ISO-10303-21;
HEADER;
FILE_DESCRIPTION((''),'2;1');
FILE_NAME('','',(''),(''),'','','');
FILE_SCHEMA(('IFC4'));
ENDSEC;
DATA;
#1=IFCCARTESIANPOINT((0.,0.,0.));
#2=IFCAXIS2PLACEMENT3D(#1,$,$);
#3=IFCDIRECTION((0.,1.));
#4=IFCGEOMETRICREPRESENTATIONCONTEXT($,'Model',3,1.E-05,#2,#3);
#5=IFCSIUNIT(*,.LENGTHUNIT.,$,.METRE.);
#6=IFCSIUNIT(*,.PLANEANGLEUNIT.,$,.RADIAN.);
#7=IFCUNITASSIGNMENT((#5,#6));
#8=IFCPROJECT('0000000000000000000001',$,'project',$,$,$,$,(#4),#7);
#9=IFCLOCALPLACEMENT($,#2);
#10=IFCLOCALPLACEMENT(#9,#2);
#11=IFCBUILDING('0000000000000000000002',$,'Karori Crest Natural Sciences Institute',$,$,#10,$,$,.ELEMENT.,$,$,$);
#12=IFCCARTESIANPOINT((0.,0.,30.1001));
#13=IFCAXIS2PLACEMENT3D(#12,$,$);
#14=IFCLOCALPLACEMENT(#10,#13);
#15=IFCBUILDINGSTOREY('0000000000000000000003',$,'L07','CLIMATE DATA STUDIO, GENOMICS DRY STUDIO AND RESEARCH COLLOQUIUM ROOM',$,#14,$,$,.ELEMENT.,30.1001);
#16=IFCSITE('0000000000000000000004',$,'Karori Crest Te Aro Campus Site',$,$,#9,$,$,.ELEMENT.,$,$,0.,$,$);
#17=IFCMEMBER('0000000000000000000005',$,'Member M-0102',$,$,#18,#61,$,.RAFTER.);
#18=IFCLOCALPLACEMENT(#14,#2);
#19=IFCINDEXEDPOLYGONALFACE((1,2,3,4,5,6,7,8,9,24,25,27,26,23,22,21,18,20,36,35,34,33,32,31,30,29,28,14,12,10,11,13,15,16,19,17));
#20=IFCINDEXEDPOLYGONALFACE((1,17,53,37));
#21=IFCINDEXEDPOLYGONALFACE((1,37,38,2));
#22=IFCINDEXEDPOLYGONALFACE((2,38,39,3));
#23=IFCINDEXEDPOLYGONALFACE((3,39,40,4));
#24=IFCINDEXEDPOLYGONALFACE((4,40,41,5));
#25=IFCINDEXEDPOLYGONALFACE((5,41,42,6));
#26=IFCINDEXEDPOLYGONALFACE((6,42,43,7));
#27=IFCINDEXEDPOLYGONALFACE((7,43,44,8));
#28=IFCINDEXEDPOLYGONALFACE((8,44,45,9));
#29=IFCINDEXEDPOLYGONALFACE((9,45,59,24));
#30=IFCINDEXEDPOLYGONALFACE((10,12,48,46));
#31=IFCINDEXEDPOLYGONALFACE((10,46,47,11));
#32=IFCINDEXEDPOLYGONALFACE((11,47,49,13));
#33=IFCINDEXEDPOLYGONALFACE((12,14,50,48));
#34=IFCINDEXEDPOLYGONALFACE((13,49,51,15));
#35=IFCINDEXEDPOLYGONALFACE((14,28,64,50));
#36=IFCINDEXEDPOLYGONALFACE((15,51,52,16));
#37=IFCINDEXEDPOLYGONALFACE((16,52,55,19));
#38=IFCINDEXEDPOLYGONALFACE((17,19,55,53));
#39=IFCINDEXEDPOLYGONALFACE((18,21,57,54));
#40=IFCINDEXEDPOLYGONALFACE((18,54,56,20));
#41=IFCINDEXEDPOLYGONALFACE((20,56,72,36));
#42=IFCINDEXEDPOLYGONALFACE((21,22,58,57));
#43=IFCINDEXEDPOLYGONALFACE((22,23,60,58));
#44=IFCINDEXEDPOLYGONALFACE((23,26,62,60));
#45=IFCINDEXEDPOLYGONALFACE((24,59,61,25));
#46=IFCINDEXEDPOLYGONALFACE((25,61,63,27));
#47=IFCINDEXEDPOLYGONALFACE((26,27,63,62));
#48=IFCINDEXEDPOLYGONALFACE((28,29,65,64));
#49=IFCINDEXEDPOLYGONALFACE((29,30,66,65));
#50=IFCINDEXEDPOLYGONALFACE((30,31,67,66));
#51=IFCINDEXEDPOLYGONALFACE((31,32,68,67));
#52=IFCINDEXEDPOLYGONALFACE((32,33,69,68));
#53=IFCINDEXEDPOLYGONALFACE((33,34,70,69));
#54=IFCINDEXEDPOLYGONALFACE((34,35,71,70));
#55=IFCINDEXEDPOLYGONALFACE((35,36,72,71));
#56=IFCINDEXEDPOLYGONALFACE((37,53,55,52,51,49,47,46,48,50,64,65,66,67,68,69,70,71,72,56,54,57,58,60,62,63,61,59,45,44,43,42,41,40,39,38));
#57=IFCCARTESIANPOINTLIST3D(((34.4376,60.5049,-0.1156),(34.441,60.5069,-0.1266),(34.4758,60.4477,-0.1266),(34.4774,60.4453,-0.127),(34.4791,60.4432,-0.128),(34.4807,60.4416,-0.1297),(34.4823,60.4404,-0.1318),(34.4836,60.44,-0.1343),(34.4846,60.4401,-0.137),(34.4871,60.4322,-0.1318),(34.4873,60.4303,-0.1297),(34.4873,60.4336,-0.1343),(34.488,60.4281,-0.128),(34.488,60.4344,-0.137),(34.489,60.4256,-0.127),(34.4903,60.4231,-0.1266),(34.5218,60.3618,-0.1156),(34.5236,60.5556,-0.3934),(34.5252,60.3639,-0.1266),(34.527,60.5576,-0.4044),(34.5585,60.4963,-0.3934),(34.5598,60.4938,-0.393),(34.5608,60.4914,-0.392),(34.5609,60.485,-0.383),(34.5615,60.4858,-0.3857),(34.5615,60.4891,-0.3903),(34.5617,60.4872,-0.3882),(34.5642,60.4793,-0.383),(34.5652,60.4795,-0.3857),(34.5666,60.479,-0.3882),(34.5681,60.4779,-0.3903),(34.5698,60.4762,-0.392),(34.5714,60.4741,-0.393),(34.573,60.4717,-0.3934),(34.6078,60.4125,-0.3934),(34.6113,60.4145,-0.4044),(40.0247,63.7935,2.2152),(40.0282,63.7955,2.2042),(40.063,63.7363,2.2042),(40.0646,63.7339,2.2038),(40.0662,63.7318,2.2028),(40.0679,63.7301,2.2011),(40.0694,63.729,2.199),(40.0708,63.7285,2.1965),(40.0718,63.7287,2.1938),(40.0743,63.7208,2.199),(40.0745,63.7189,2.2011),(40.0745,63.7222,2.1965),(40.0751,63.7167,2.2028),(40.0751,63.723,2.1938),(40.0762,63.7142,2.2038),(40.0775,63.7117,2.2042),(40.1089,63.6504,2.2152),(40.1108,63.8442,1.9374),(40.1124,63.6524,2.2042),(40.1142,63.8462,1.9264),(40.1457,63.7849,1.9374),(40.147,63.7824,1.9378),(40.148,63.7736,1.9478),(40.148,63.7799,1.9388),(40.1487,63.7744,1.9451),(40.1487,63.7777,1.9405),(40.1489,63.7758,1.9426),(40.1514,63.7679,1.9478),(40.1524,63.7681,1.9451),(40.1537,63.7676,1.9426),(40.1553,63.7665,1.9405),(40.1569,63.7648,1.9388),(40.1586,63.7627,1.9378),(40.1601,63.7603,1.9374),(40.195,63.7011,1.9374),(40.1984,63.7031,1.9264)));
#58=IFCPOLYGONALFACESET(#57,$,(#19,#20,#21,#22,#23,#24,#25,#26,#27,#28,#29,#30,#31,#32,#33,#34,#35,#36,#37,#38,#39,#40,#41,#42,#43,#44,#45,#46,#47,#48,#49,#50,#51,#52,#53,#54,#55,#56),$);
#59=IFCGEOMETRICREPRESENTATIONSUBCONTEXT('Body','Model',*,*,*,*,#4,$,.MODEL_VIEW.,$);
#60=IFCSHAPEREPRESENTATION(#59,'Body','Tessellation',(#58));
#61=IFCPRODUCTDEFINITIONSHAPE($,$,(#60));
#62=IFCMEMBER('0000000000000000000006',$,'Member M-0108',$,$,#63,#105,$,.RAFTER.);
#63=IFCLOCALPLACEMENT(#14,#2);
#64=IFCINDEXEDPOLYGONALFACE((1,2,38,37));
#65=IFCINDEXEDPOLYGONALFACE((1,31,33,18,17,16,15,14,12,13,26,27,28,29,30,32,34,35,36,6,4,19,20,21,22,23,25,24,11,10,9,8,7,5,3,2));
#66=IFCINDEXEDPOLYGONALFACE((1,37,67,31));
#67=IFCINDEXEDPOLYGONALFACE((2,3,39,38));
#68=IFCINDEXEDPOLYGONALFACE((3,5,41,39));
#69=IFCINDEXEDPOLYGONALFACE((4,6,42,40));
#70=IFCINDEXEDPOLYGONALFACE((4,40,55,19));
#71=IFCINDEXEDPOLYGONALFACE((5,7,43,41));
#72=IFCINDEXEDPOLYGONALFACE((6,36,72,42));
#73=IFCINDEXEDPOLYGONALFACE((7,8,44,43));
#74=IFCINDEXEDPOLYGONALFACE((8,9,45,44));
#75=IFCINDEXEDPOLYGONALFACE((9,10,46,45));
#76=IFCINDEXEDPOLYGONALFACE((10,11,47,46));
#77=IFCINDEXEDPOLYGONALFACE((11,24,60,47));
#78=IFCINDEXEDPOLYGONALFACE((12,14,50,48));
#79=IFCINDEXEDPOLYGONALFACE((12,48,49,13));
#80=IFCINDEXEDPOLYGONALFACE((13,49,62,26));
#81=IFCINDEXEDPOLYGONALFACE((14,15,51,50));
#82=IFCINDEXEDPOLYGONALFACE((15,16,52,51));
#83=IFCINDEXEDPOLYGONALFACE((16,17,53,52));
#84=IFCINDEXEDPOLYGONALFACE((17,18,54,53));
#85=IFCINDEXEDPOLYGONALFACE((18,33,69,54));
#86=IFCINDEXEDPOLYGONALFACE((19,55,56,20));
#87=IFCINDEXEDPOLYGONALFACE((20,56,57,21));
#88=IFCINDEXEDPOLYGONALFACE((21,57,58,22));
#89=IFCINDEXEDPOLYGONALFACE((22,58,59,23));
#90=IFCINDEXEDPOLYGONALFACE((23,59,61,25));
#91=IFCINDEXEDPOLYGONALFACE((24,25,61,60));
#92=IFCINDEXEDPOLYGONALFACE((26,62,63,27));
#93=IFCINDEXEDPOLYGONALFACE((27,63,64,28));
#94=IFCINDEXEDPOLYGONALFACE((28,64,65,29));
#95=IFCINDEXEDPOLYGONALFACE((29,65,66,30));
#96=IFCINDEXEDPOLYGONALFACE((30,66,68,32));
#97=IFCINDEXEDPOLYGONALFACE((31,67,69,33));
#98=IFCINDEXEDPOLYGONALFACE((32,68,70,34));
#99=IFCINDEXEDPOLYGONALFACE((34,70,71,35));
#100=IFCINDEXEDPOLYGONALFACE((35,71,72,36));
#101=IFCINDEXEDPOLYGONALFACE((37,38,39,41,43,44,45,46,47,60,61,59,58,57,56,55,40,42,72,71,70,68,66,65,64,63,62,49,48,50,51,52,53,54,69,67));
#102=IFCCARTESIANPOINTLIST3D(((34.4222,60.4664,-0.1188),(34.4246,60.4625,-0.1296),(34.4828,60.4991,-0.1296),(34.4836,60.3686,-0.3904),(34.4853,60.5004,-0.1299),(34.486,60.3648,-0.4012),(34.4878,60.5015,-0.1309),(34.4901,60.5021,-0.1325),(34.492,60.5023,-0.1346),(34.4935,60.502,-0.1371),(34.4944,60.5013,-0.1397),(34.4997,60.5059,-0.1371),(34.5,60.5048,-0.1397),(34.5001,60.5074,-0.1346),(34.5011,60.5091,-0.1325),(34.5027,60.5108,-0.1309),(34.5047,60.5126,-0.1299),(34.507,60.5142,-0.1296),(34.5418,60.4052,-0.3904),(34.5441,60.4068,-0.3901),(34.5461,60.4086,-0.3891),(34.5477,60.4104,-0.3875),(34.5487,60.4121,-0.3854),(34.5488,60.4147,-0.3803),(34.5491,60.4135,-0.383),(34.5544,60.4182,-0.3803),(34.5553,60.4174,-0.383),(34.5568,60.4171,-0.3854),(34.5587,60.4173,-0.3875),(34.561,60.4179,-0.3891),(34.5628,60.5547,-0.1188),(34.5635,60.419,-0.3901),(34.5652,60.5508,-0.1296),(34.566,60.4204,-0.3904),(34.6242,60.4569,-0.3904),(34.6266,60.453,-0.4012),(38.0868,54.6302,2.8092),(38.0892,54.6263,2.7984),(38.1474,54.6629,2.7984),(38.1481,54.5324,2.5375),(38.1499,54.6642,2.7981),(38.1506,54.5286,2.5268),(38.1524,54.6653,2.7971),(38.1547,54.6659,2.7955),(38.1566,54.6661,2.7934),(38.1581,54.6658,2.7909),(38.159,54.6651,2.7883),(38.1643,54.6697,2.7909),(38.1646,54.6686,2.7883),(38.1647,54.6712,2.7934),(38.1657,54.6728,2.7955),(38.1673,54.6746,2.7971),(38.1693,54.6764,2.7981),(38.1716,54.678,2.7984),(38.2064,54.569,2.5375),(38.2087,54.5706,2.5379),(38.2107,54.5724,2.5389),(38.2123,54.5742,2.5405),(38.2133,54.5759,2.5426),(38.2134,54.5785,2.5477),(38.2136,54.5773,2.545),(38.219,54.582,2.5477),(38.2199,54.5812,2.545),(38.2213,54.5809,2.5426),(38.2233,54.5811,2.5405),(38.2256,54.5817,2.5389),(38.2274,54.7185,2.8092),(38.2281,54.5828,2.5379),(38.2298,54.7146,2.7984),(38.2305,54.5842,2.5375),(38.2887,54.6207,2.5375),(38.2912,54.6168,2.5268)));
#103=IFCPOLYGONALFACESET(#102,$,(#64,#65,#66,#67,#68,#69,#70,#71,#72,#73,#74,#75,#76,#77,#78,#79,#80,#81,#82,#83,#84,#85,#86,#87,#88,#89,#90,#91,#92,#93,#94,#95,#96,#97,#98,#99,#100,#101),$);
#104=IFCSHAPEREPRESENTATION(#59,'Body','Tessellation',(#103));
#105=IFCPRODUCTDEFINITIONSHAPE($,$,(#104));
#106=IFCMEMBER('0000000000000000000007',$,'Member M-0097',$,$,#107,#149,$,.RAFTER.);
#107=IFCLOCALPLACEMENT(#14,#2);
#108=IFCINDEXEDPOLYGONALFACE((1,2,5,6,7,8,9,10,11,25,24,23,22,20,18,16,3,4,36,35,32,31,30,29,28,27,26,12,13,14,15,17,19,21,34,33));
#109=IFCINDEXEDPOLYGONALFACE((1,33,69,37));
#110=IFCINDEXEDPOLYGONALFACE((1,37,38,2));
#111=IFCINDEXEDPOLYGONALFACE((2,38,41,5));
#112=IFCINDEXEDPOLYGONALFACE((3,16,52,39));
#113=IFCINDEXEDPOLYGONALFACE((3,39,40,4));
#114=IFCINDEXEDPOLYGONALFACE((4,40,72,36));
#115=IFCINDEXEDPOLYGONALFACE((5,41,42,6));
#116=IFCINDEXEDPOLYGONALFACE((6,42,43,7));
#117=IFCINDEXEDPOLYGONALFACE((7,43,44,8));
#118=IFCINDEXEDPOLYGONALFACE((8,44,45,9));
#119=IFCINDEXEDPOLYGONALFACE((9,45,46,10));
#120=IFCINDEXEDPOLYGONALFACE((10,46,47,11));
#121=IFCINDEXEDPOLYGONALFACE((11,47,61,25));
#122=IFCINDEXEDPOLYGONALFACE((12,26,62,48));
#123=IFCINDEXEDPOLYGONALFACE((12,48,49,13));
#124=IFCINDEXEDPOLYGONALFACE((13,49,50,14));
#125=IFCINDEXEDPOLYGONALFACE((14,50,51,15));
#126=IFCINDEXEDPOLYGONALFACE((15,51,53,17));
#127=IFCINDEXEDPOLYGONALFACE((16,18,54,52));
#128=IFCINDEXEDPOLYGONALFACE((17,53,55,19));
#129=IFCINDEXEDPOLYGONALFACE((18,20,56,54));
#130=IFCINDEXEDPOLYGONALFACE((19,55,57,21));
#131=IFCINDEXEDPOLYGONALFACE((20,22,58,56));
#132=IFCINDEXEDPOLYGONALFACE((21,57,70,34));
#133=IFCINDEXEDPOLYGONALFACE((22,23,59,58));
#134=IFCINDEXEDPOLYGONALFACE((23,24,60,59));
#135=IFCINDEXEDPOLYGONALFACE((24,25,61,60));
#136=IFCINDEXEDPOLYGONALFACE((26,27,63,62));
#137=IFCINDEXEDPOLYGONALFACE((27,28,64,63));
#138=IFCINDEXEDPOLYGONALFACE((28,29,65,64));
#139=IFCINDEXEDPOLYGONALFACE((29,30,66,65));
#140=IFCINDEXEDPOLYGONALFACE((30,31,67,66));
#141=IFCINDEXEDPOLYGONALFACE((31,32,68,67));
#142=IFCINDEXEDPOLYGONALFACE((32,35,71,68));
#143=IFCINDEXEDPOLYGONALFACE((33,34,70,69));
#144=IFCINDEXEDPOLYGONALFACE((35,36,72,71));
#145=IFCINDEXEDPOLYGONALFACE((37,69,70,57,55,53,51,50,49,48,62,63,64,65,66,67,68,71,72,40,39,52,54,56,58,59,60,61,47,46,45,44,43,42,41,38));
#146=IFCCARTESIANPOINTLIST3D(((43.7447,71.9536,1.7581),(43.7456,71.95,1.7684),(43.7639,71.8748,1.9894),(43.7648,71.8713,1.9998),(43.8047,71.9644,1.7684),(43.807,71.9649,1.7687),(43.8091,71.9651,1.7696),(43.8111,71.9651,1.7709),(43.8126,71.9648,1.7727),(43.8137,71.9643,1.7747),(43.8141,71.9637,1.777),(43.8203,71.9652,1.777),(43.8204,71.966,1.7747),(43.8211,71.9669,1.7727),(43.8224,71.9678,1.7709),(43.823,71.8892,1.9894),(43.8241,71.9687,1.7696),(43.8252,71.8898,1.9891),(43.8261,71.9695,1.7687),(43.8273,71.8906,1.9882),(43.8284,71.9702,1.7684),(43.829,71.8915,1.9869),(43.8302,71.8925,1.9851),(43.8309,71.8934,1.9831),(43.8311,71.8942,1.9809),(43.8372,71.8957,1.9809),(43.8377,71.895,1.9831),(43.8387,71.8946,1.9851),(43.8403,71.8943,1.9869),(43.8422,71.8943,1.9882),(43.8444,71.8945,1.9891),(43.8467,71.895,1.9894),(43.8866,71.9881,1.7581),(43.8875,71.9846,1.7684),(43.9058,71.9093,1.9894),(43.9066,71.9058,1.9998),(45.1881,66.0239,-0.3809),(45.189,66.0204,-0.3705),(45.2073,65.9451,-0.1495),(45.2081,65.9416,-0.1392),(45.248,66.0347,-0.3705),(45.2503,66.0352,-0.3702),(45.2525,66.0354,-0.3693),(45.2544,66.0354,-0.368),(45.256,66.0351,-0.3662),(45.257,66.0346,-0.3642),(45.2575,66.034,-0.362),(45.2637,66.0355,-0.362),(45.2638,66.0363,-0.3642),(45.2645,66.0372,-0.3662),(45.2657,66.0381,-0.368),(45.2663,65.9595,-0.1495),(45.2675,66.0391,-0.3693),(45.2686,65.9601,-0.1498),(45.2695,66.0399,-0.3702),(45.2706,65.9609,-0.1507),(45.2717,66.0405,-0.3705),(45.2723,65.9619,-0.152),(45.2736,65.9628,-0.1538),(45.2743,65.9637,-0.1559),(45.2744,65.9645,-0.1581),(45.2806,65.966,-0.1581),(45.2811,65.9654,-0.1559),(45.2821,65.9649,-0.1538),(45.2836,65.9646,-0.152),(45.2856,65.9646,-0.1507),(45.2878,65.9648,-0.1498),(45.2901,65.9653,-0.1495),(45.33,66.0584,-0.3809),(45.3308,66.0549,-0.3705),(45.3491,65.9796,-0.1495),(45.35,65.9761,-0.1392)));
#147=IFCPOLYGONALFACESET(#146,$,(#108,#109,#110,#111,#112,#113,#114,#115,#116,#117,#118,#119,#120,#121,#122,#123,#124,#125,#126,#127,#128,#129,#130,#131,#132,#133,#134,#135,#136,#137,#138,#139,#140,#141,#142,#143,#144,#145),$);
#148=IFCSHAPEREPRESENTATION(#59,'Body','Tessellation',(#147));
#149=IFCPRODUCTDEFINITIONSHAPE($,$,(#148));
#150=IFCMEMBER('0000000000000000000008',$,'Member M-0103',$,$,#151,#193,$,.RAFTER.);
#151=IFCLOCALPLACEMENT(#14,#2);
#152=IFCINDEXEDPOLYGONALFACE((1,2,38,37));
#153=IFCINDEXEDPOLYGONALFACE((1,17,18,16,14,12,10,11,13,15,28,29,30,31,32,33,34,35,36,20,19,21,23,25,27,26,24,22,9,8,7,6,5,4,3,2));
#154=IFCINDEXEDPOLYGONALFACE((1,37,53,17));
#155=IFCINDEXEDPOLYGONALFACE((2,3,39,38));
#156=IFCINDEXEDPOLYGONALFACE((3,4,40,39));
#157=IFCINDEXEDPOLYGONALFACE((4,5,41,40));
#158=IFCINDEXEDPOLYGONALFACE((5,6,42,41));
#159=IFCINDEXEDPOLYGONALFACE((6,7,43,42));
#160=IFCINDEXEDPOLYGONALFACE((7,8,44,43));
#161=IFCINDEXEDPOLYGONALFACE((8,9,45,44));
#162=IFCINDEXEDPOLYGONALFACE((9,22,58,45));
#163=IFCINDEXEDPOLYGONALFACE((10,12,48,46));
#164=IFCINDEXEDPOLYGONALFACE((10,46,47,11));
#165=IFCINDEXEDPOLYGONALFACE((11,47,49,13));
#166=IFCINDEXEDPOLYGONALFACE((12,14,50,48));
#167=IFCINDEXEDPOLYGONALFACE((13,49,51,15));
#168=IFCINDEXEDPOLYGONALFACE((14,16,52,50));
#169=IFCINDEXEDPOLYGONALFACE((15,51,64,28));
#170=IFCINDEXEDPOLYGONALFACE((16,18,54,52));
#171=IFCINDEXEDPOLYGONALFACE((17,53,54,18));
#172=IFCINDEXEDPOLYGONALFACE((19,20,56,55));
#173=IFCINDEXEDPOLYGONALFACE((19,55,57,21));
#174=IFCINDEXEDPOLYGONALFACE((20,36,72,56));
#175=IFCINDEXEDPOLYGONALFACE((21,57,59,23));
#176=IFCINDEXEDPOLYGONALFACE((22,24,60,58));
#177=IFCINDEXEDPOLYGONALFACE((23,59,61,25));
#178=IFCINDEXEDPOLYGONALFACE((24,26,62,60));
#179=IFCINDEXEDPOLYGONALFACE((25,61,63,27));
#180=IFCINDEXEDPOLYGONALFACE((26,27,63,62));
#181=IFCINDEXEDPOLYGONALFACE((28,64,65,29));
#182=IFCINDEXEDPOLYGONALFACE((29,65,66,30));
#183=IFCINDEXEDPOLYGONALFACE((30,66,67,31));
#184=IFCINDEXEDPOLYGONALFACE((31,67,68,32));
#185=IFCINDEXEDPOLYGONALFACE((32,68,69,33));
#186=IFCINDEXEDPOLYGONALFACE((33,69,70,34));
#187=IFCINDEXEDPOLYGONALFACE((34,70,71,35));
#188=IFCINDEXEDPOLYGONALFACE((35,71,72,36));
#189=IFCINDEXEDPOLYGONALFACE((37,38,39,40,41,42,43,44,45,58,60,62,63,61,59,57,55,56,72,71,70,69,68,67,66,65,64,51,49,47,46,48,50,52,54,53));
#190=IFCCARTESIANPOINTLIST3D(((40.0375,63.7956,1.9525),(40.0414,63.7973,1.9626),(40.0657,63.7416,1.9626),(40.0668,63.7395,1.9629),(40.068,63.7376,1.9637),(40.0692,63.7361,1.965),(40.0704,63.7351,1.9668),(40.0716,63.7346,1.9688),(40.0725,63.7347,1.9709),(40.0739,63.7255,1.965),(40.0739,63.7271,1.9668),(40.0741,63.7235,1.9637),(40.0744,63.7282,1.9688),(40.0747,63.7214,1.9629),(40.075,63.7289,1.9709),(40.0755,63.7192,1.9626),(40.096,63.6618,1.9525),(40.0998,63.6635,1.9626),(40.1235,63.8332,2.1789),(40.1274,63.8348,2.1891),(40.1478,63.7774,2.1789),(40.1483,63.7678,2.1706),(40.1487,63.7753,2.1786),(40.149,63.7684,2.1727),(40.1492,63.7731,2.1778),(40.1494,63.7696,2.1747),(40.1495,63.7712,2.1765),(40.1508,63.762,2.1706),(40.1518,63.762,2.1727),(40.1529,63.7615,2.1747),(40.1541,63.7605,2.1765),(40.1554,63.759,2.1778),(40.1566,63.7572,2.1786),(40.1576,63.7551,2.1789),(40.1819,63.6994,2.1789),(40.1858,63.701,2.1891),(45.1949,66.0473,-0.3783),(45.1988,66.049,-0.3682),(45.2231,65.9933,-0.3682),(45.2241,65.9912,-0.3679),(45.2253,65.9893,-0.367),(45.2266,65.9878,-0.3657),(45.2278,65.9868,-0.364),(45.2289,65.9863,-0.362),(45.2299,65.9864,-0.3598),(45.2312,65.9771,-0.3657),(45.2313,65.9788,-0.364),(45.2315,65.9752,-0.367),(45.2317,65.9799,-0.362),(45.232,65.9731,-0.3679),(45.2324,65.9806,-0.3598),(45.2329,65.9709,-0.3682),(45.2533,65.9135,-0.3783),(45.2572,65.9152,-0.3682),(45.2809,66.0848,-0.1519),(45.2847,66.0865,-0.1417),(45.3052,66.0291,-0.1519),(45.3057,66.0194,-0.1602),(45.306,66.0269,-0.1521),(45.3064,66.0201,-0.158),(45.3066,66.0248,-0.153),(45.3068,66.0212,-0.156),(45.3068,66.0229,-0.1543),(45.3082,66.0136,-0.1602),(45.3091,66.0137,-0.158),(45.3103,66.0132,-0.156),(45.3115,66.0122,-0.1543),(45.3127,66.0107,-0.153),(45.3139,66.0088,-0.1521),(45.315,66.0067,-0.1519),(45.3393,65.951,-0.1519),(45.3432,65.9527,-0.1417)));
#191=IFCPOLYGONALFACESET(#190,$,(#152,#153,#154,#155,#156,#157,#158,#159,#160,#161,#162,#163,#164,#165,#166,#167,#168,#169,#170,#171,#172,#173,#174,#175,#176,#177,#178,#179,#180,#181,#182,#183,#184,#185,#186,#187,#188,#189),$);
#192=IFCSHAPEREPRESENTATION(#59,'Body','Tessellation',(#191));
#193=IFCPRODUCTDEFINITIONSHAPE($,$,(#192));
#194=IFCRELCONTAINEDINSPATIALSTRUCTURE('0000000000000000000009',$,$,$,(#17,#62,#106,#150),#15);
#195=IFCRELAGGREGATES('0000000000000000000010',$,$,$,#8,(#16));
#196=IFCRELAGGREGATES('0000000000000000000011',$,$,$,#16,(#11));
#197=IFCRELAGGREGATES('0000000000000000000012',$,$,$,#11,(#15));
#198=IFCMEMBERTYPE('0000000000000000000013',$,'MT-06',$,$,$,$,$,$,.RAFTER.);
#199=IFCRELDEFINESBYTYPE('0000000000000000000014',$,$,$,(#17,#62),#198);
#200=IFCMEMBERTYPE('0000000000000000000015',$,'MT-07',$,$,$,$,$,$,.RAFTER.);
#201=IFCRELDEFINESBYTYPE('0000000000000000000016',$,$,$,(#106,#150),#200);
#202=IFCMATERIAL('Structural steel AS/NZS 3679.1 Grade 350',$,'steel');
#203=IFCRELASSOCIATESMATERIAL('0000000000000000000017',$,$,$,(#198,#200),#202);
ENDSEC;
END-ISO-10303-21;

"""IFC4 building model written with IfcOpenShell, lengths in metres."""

from ifc_helpers import new_model, si_unit, direction, frame, origin, origin_2d, place, context, subcontext, project, spatial, i_section, extrude, material, material_profile, profile_set, type_object, element, save


model = new_model("IFC4")

# Units and contexts
model_context = context("Model", 3, precision=1e-05, world=origin(), true_north=direction((0.0, 1.0)))
body_context = subcontext(model_context, "Body", "Model", "MODEL_VIEW")
ifc_project = project(units=[si_unit("LENGTHUNIT", "METRE"), si_unit("PLANEANGLEUNIT", "RADIAN")], contexts=[model_context])

# Site, building, storey
site_placement = place(None, origin())
site = spatial("IfcSite", under=ifc_project, at=site_placement, Name="Karori Crest Te Aro Campus Site", CompositionType="ELEMENT", RefElevation=0.0)
building_placement = place(site_placement, origin())
building = spatial("IfcBuilding", under=site, at=building_placement, Name="Karori Crest Natural Sciences Institute", CompositionType="ELEMENT")
storey_placement = place(building_placement, frame((0.0, 0.0, 30.1001)))
storey = spatial("IfcBuildingStorey", under=building, at=storey_placement, Name="L07", Description="CLIMATE DATA STUDIO, GENOMICS DRY STUDIO AND RESEARCH COLLOQUIUM ROOM", CompositionType="ELEMENT", Elevation=30.1001)

# Members
ifc_material_1 = material(Name="Structural steel AS/NZS 3679.1 Grade 350", Category="steel")
ifc_material_profile_1 = material_profile(ifc_material_1, i_section(OverallWidth=0.166, OverallDepth=0.3069, WebThickness=0.0066, FlangeThickness=0.0117, FilletRadius=0.011, at=origin_2d()), Name="310UB46.2")
ifc_profile_set_1 = profile_set([ifc_material_profile_1], Name="Structural steel AS/NZS 3679.1 Grade 350")
member_type_1 = type_object("IfcMemberType", Name="MT-06", PredefinedType="RAFTER", material=ifc_profile_set_1)
member_1_placement = place(storey_placement, frame((34.5244, 60.4597, -0.26), z_axis=(0.81098, 0.477339, 0.338319), x_axis=(-0.507251, 0.861799, 0.0)))
element("IfcMember", 1, at=member_1_placement, inside=storey, type_object=member_type_1, Name="Member M-0102", PredefinedType="RAFTER", context=body_context, shape_type="SweptSolid", body=[
    extrude(i_section(OverallWidth=0.166, OverallDepth=0.3069, WebThickness=0.0066, FlangeThickness=0.0117, FilletRadius=0.011, at=origin_2d()), origin(), (0.0, 0.0, 1.0), 6.8894),
])
member_2_placement = place(storey_placement, frame((34.5244, 60.4597, -0.26), z_axis=(0.489421, -0.779454, 0.391048), x_axis=(0.846892, 0.531765, 0.0)))
element("IfcMember", 2, at=member_2_placement, inside=storey, type_object=member_type_1, Name="Member M-0108", PredefinedType="RAFTER", context=body_context, shape_type="SweptSolid", body=[
    extrude(i_section(OverallWidth=0.166, OverallDepth=0.3069, WebThickness=0.0066, FlangeThickness=0.0117, FilletRadius=0.011, at=origin_2d()), origin(), (0.0, 0.0, 1.0), 7.4875),
])
ifc_material_profile_2 = material_profile(ifc_material_1, i_section(OverallWidth=0.146, OverallDepth=0.2561, WebThickness=0.0063, FlangeThickness=0.011, FilletRadius=0.009, at=origin_2d()), Name="250UB37.3")
ifc_profile_set_2 = profile_set([ifc_material_profile_2], Name="Structural steel AS/NZS 3679.1 Grade 350")
member_type_2 = type_object("IfcMemberType", Name="MT-07", PredefinedType="RAFTER", material=ifc_profile_set_2)
member_3_placement = place(storey_placement, frame((45.269, 66.0, -0.26), z_axis=(-0.223195, 0.916944, 0.330754), x_axis=(-0.97163, -0.236507, 0.0)))
element("IfcMember", 3, at=member_3_placement, inside=storey, type_object=member_type_2, Name="Member M-0097", PredefinedType="RAFTER", context=body_context, shape_type="SweptSolid", body=[
    extrude(i_section(OverallWidth=0.146, OverallDepth=0.2561, WebThickness=0.0063, FlangeThickness=0.011, FilletRadius=0.009, at=origin_2d()), origin(), (0.0, 0.0, 1.0), 6.4668),
])
member_4_placement = place(storey_placement, frame((45.269, 66.0, -0.26), z_axis=(-0.846712, -0.369668, 0.382654), x_axis=(0.40012, -0.916463, 0.0)))
element("IfcMember", 4, at=member_4_placement, inside=storey, type_object=member_type_2, Name="Member M-0103", PredefinedType="RAFTER", context=body_context, shape_type="SweptSolid", body=[
    extrude(i_section(OverallWidth=0.146, OverallDepth=0.2561, WebThickness=0.0063, FlangeThickness=0.011, FilletRadius=0.009, at=origin_2d()), origin(), (0.0, 0.0, 1.0), 6.0911),
])

save(model, "model.ifc")
